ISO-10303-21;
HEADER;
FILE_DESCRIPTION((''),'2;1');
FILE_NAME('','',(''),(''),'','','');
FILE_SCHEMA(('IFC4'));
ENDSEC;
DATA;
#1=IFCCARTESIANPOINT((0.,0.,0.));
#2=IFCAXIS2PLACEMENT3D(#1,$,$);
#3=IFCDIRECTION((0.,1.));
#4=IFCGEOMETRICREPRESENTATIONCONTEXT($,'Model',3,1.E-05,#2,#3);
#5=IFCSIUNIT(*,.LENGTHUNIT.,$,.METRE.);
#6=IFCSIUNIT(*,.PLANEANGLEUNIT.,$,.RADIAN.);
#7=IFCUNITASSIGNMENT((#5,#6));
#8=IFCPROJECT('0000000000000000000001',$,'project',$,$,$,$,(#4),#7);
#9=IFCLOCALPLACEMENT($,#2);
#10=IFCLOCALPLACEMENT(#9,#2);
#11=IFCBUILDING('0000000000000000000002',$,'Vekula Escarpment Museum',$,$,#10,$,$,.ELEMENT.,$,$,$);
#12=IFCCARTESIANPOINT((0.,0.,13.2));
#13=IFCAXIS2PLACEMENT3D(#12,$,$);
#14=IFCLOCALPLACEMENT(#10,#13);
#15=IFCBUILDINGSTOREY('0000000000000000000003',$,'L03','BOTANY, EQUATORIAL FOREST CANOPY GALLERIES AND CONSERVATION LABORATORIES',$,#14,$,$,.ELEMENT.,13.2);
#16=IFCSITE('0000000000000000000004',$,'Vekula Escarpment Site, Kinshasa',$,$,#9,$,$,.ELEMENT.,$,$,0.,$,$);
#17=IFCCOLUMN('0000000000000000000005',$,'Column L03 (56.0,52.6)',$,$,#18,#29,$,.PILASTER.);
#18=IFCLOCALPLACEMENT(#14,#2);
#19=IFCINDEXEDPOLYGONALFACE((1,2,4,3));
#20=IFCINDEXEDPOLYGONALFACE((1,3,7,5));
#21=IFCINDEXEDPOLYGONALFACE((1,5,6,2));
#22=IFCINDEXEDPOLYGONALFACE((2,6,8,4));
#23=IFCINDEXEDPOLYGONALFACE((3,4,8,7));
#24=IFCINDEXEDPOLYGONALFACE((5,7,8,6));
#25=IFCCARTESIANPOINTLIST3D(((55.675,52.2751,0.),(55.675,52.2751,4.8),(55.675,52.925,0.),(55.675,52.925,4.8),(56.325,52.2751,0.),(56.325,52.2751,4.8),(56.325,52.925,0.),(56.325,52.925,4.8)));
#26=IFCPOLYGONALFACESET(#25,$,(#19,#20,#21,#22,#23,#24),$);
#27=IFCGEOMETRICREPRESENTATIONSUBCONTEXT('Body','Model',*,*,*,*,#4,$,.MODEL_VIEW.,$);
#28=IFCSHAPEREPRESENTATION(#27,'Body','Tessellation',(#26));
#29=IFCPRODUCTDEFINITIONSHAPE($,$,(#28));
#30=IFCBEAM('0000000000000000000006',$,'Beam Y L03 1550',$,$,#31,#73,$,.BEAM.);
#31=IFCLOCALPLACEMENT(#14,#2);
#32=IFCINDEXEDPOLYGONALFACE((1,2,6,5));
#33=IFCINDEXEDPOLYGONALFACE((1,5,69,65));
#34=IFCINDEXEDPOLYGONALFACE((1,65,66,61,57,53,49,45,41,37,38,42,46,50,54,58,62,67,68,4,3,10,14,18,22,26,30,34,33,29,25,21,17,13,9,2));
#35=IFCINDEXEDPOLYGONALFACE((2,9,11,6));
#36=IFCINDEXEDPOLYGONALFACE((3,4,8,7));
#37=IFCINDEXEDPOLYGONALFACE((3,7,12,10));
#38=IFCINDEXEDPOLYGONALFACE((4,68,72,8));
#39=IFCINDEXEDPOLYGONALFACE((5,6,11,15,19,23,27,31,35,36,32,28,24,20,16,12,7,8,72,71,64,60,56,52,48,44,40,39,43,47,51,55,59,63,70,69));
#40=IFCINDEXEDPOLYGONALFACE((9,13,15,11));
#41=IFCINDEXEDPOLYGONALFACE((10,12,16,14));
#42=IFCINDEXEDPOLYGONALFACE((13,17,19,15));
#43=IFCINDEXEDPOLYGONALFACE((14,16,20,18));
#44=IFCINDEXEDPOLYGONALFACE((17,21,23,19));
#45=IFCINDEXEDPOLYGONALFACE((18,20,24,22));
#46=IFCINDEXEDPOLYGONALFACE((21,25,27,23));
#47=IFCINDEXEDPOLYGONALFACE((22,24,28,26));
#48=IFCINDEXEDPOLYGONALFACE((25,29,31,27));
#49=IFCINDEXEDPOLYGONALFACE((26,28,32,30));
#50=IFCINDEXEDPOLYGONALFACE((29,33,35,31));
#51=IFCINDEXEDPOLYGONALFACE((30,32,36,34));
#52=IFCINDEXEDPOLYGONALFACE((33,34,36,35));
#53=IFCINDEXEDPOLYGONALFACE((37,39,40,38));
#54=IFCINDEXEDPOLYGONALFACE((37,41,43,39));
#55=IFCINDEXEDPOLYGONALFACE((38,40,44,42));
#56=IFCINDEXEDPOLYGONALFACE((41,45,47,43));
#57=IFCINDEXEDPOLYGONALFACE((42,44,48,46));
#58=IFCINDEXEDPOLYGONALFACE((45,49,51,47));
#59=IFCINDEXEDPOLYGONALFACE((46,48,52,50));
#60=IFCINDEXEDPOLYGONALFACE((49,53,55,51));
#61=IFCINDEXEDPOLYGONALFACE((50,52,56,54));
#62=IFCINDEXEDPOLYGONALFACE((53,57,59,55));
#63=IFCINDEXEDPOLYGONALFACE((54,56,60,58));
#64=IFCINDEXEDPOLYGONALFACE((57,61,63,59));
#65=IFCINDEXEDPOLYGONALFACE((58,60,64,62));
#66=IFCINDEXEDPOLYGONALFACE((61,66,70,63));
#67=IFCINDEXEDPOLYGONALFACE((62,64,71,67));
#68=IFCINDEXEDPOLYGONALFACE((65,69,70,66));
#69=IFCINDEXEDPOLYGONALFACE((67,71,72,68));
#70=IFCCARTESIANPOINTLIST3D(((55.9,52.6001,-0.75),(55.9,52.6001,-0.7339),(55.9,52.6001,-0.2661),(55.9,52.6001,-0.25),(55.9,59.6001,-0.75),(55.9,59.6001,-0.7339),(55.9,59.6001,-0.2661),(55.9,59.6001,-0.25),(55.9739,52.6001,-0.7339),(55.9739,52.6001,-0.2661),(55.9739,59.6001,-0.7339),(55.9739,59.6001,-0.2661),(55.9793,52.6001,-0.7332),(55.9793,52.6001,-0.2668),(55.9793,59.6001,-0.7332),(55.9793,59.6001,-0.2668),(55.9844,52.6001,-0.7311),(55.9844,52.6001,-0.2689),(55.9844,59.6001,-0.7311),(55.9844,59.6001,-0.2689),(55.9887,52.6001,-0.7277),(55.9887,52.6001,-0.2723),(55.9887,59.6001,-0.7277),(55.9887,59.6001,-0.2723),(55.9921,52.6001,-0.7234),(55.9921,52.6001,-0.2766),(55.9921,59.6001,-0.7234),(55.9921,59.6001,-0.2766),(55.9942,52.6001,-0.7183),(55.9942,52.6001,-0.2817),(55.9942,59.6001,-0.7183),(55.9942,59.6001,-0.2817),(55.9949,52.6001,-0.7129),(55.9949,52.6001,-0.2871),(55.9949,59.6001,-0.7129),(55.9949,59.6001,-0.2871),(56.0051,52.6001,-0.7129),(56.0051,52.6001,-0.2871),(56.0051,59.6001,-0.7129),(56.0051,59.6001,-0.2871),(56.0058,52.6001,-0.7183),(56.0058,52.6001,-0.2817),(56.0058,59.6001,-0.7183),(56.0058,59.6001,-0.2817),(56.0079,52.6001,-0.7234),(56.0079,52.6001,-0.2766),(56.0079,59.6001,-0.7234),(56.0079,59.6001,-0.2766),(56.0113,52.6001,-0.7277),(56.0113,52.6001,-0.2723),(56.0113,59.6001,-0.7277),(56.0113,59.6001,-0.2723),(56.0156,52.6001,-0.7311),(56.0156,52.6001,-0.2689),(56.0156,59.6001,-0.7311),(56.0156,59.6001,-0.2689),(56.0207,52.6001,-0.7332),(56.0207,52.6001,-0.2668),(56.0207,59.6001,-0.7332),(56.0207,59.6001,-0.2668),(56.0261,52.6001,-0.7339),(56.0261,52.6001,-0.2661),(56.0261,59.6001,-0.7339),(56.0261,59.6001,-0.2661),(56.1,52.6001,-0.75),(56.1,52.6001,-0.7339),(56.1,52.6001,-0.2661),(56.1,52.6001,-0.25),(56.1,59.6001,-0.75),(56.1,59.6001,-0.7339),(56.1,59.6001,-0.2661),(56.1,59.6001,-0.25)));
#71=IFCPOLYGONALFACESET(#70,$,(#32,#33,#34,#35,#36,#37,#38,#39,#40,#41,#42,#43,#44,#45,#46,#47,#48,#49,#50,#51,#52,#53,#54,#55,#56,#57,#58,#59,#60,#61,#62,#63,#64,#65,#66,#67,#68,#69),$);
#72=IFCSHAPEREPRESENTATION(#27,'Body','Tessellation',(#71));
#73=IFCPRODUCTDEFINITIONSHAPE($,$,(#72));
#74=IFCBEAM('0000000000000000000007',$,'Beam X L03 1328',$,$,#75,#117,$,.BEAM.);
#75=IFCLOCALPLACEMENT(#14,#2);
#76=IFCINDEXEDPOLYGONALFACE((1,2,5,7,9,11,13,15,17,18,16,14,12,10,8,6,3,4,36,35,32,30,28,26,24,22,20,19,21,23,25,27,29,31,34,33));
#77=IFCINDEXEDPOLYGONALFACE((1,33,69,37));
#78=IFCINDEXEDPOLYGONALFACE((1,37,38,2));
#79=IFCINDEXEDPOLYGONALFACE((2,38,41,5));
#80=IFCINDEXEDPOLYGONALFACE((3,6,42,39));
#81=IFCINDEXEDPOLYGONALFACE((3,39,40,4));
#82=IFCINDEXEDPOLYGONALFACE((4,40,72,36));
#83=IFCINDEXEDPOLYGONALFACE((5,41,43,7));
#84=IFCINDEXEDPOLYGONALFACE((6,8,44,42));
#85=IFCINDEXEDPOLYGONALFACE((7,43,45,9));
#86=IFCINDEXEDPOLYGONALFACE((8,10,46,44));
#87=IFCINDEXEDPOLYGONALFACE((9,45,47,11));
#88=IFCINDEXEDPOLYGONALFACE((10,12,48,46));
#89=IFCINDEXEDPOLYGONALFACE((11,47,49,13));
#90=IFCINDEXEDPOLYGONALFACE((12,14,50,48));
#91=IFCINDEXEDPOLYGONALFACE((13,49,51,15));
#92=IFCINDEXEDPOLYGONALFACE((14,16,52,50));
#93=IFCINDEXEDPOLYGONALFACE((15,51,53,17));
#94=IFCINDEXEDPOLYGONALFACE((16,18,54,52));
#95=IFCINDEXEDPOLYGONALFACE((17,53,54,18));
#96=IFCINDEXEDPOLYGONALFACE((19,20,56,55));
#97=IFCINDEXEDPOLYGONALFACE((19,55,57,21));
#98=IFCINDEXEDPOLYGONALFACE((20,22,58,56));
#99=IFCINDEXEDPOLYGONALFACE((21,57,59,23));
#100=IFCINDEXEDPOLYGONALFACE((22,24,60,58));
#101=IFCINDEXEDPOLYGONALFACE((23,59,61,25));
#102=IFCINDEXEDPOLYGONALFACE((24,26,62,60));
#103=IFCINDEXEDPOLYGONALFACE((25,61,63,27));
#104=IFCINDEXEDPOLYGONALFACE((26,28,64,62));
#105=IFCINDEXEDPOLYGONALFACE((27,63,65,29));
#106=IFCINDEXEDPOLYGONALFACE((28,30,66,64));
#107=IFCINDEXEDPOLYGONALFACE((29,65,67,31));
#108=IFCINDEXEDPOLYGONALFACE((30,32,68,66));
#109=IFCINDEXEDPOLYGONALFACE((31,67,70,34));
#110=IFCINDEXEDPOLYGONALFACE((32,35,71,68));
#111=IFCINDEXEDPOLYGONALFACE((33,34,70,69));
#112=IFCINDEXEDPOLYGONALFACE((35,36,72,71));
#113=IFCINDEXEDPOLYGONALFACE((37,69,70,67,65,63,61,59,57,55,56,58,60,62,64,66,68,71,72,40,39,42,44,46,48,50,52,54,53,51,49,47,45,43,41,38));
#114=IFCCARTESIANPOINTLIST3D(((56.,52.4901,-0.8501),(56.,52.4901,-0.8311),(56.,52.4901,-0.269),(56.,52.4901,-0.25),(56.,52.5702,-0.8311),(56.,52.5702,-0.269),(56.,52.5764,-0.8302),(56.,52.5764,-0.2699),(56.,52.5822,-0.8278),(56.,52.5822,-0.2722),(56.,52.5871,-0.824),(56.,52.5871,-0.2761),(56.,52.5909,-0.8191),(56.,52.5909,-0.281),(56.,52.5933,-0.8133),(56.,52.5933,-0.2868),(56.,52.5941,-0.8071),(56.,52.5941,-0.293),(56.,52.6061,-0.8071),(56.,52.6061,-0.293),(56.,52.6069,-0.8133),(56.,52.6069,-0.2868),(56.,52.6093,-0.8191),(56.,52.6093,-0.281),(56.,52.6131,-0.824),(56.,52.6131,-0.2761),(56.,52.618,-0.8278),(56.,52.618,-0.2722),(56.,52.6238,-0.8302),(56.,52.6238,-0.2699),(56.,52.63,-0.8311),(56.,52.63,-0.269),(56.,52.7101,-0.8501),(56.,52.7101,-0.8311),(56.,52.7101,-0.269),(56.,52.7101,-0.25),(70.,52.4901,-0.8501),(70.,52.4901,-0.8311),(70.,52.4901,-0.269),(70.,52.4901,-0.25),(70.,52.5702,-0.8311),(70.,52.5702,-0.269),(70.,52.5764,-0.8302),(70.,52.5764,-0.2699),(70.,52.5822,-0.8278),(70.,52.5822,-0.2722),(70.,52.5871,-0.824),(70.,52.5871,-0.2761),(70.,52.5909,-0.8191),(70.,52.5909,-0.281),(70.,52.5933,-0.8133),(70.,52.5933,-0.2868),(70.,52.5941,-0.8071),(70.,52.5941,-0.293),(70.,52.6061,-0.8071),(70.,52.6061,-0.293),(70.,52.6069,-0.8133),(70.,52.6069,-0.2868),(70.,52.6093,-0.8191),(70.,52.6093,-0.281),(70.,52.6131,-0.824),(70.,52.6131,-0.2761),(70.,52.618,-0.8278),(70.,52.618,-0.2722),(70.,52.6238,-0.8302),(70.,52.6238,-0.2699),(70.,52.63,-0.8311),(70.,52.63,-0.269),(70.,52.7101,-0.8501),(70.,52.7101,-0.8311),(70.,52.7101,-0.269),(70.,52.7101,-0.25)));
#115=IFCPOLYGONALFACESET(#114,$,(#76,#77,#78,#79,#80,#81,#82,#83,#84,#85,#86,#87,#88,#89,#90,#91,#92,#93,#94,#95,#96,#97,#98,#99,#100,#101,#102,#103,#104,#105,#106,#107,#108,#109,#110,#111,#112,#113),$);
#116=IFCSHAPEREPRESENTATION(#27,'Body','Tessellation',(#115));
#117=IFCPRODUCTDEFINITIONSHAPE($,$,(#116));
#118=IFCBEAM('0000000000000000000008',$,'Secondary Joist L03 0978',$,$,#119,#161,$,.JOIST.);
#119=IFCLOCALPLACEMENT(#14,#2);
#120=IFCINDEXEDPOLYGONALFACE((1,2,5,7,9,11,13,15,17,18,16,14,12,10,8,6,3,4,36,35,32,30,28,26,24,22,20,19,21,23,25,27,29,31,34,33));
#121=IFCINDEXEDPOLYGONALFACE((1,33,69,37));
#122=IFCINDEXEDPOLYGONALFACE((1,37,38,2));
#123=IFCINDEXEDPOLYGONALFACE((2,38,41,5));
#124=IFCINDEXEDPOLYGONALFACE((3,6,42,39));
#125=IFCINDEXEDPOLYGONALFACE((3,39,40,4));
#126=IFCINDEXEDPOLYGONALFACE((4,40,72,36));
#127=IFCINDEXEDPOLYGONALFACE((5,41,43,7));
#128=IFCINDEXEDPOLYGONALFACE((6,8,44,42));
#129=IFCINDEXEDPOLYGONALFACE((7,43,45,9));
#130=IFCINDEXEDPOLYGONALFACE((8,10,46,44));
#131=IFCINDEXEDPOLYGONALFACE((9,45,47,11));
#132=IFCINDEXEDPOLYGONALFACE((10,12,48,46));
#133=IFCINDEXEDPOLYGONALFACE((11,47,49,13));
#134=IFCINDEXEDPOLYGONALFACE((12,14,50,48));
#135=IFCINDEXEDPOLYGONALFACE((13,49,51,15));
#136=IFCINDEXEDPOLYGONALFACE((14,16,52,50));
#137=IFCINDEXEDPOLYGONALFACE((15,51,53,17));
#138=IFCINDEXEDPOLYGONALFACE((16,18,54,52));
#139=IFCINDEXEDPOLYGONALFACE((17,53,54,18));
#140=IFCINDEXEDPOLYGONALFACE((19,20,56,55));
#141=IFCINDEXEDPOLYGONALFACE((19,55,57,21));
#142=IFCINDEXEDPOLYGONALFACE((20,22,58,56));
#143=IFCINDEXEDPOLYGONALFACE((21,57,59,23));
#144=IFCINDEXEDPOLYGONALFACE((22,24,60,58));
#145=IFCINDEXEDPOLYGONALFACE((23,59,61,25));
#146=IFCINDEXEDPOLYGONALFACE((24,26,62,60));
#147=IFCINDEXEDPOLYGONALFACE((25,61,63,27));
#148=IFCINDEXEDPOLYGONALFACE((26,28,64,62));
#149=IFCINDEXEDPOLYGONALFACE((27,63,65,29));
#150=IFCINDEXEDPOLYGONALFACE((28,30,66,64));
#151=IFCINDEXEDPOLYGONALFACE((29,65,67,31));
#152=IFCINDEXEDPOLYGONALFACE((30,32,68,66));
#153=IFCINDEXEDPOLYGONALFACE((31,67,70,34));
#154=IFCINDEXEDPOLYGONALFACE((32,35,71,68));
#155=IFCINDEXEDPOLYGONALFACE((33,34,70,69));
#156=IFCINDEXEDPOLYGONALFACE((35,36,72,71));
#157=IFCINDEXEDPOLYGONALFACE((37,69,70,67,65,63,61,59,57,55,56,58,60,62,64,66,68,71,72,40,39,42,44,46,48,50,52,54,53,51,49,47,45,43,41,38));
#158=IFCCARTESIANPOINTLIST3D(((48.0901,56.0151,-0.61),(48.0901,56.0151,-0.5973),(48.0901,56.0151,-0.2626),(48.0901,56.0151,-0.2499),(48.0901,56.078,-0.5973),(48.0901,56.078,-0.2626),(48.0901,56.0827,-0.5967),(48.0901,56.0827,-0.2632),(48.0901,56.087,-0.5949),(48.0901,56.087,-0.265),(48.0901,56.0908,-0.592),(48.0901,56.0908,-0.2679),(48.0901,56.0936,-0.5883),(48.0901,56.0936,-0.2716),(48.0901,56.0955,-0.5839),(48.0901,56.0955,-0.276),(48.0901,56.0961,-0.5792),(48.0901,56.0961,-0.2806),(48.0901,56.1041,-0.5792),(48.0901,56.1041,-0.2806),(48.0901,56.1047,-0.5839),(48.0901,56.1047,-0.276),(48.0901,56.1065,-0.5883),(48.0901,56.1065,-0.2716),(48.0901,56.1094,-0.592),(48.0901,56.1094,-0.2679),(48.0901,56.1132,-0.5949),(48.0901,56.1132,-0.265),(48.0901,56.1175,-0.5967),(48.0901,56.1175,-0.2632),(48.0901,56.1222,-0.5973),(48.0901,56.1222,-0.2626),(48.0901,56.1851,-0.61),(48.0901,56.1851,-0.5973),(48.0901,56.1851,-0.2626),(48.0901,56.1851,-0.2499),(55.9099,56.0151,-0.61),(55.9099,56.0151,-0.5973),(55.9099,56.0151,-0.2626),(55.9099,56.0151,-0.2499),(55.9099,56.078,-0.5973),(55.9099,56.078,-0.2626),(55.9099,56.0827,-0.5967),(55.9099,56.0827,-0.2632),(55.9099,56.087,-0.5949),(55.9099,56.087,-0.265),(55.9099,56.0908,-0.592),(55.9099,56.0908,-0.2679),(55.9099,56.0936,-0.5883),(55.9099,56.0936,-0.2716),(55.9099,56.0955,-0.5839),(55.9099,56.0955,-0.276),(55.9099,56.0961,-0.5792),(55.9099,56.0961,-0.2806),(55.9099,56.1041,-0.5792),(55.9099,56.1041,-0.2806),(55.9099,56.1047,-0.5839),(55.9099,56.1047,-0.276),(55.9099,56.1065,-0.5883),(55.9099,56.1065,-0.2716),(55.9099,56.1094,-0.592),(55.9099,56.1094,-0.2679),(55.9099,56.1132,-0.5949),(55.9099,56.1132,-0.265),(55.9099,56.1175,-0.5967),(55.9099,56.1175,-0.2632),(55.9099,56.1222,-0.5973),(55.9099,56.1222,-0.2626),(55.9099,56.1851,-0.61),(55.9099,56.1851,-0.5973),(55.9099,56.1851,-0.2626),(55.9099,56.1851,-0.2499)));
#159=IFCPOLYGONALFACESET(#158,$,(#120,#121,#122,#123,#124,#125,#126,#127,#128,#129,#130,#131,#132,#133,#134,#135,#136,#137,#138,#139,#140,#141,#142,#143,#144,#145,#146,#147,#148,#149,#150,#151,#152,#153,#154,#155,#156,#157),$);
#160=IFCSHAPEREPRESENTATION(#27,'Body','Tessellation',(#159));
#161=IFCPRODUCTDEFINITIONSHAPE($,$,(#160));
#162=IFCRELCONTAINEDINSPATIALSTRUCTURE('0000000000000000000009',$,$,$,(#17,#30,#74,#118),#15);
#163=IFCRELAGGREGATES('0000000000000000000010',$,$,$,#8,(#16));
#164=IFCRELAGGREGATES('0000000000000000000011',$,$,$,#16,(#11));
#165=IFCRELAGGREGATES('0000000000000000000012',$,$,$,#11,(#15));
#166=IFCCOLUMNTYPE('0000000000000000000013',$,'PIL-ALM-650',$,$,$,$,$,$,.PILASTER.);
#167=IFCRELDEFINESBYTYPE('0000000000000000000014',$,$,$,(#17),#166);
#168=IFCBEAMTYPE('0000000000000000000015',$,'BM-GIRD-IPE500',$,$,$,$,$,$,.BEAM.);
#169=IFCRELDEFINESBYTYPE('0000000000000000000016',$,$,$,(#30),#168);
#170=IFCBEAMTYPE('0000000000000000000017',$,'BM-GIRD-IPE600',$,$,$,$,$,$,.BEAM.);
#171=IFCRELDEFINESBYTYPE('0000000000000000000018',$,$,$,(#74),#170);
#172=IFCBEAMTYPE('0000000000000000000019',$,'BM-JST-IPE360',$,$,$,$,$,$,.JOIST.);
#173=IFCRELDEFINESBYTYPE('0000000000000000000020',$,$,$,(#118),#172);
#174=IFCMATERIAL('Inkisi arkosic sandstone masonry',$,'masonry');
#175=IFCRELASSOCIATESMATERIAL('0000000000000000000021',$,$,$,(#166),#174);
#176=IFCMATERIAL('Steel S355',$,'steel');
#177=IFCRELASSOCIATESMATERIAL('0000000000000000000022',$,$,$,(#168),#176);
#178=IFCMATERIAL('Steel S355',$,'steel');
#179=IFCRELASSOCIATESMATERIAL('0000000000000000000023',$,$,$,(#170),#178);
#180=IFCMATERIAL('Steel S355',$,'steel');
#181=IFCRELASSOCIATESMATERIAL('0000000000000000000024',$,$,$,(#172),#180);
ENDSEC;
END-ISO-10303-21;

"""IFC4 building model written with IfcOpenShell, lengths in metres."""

from ifc_helpers import new_model, si_unit, direction, frame, origin, origin_2d, place, context, subcontext, project, spatial, rectangle, i_section, extrude, material, material_profile, profile_set, type_object, element, save


model = new_model("IFC4")

# Units and contexts
model_context = context("Model", 3, precision=1e-05, world=origin(), true_north=direction((0.0, 1.0)))
body_context = subcontext(model_context, "Body", "Model", "MODEL_VIEW")
ifc_project = project(units=[si_unit("LENGTHUNIT", "METRE"), si_unit("PLANEANGLEUNIT", "RADIAN")], contexts=[model_context])

# Site, building, storey
site_placement = place(None, origin())
site = spatial("IfcSite", under=ifc_project, at=site_placement, Name="Vekula Escarpment Site, Kinshasa", CompositionType="ELEMENT", RefElevation=0.0)
building_placement = place(site_placement, origin())
building = spatial("IfcBuilding", under=site, at=building_placement, Name="Vekula Escarpment Museum", CompositionType="ELEMENT")
storey_placement = place(building_placement, frame((0.0, 0.0, 13.2)))
storey = spatial("IfcBuildingStorey", under=building, at=storey_placement, Name="L03", Description="BOTANY, EQUATORIAL FOREST CANOPY GALLERIES AND CONSERVATION LABORATORIES", CompositionType="ELEMENT", Elevation=13.2)

# Column
ifc_material_1 = material(Name="Inkisi arkosic sandstone masonry", Category="masonry")
ifc_material_profile_1 = material_profile(ifc_material_1, rectangle(XDim=0.6499, YDim=0.6499, at=origin_2d()), Name="PIER 650x650")
ifc_profile_set_1 = profile_set([ifc_material_profile_1], Name="Inkisi arkosic sandstone masonry")
column_type = type_object("IfcColumnType", Name="PIL-ALM-650", PredefinedType="PILASTER", material=ifc_profile_set_1)
column_placement = place(storey_placement, frame((56.0, 52.6001, 0.0), z_axis=(0.0, 0.0, 1.0), x_axis=(1.0, 0.0, 0.0)))
element("IfcColumn", 1, at=column_placement, inside=storey, type_object=column_type, Name="Column L03 (56.0,52.6)", PredefinedType="PILASTER", context=body_context, shape_type="SweptSolid", body=[
    extrude(rectangle(XDim=0.6499, YDim=0.6499, at=origin_2d()), origin(), (0.0, 0.0, 1.0), 4.8),
])

# Beams
ifc_material_2 = material(Name="Steel S355", Category="steel")
ifc_material_profile_2 = material_profile(ifc_material_2, i_section(OverallWidth=0.2, OverallDepth=0.5, WebThickness=0.0103, FlangeThickness=0.0161, FilletRadius=0.021, at=origin_2d()), Name="IPE 500")
ifc_profile_set_2 = profile_set([ifc_material_profile_2], Name="Steel S355")
beam_type_1 = type_object("IfcBeamType", Name="BM-GIRD-IPE500", PredefinedType="BEAM", material=ifc_profile_set_2)
beam_1_placement = place(storey_placement, frame((56.0, 52.6001, -0.5), z_axis=(0.0, 1.0, 0.0), x_axis=(-1.0, 0.0, 0.0)))
element("IfcBeam", 2, at=beam_1_placement, inside=storey, type_object=beam_type_1, Name="Beam Y L03 1550", PredefinedType="BEAM", context=body_context, shape_type="SweptSolid", body=[
    extrude(i_section(OverallWidth=0.2, OverallDepth=0.5, WebThickness=0.0103, FlangeThickness=0.0161, FilletRadius=0.021, at=origin_2d()), origin(), (0.0, 0.0, 1.0), 7.0),
])
ifc_material_3 = material(Name="Steel S355", Category="steel")
ifc_material_profile_3 = material_profile(ifc_material_3, i_section(OverallWidth=0.22, OverallDepth=0.6001, WebThickness=0.012, FlangeThickness=0.019, FilletRadius=0.0239, at=origin_2d()), Name="IPE 600")
ifc_profile_set_3 = profile_set([ifc_material_profile_3], Name="Steel S355")
beam_type_2 = type_object("IfcBeamType", Name="BM-GIRD-IPE600", PredefinedType="BEAM", material=ifc_profile_set_3)
beam_2_placement = place(storey_placement, frame((56.0, 52.6001, -0.55), z_axis=(1.0, 0.0, 0.0), x_axis=(0.0, 1.0, 0.0)))
element("IfcBeam", 3, at=beam_2_placement, inside=storey, type_object=beam_type_2, Name="Beam X L03 1328", PredefinedType="BEAM", context=body_context, shape_type="SweptSolid", body=[
    extrude(i_section(OverallWidth=0.22, OverallDepth=0.6001, WebThickness=0.012, FlangeThickness=0.019, FilletRadius=0.0239, at=origin_2d()), origin(), (0.0, 0.0, 1.0), 14.0),
])
ifc_material_4 = material(Name="Steel S355", Category="steel")
ifc_material_profile_4 = material_profile(ifc_material_4, i_section(OverallWidth=0.1699, OverallDepth=0.3601, WebThickness=0.0081, FlangeThickness=0.0127, FilletRadius=0.0181, at=origin_2d()), Name="IPE 360")
ifc_profile_set_4 = profile_set([ifc_material_profile_4], Name="Steel S355")
beam_type_3 = type_object("IfcBeamType", Name="BM-JST-IPE360", PredefinedType="JOIST", material=ifc_profile_set_4)
beam_3_placement = place(storey_placement, frame((48.0901, 56.1001, -0.4299), z_axis=(1.0, 0.0, 0.0), x_axis=(0.0, 1.0, 0.0)))
element("IfcBeam", 4, at=beam_3_placement, inside=storey, type_object=beam_type_3, Name="Secondary Joist L03 0978", PredefinedType="JOIST", context=body_context, shape_type="SweptSolid", body=[
    extrude(i_section(OverallWidth=0.1699, OverallDepth=0.3601, WebThickness=0.0081, FlangeThickness=0.0127, FilletRadius=0.0181, at=origin_2d()), origin(), (0.0, 0.0, 1.0), 7.8198),
])

save(model, "model.ifc")
